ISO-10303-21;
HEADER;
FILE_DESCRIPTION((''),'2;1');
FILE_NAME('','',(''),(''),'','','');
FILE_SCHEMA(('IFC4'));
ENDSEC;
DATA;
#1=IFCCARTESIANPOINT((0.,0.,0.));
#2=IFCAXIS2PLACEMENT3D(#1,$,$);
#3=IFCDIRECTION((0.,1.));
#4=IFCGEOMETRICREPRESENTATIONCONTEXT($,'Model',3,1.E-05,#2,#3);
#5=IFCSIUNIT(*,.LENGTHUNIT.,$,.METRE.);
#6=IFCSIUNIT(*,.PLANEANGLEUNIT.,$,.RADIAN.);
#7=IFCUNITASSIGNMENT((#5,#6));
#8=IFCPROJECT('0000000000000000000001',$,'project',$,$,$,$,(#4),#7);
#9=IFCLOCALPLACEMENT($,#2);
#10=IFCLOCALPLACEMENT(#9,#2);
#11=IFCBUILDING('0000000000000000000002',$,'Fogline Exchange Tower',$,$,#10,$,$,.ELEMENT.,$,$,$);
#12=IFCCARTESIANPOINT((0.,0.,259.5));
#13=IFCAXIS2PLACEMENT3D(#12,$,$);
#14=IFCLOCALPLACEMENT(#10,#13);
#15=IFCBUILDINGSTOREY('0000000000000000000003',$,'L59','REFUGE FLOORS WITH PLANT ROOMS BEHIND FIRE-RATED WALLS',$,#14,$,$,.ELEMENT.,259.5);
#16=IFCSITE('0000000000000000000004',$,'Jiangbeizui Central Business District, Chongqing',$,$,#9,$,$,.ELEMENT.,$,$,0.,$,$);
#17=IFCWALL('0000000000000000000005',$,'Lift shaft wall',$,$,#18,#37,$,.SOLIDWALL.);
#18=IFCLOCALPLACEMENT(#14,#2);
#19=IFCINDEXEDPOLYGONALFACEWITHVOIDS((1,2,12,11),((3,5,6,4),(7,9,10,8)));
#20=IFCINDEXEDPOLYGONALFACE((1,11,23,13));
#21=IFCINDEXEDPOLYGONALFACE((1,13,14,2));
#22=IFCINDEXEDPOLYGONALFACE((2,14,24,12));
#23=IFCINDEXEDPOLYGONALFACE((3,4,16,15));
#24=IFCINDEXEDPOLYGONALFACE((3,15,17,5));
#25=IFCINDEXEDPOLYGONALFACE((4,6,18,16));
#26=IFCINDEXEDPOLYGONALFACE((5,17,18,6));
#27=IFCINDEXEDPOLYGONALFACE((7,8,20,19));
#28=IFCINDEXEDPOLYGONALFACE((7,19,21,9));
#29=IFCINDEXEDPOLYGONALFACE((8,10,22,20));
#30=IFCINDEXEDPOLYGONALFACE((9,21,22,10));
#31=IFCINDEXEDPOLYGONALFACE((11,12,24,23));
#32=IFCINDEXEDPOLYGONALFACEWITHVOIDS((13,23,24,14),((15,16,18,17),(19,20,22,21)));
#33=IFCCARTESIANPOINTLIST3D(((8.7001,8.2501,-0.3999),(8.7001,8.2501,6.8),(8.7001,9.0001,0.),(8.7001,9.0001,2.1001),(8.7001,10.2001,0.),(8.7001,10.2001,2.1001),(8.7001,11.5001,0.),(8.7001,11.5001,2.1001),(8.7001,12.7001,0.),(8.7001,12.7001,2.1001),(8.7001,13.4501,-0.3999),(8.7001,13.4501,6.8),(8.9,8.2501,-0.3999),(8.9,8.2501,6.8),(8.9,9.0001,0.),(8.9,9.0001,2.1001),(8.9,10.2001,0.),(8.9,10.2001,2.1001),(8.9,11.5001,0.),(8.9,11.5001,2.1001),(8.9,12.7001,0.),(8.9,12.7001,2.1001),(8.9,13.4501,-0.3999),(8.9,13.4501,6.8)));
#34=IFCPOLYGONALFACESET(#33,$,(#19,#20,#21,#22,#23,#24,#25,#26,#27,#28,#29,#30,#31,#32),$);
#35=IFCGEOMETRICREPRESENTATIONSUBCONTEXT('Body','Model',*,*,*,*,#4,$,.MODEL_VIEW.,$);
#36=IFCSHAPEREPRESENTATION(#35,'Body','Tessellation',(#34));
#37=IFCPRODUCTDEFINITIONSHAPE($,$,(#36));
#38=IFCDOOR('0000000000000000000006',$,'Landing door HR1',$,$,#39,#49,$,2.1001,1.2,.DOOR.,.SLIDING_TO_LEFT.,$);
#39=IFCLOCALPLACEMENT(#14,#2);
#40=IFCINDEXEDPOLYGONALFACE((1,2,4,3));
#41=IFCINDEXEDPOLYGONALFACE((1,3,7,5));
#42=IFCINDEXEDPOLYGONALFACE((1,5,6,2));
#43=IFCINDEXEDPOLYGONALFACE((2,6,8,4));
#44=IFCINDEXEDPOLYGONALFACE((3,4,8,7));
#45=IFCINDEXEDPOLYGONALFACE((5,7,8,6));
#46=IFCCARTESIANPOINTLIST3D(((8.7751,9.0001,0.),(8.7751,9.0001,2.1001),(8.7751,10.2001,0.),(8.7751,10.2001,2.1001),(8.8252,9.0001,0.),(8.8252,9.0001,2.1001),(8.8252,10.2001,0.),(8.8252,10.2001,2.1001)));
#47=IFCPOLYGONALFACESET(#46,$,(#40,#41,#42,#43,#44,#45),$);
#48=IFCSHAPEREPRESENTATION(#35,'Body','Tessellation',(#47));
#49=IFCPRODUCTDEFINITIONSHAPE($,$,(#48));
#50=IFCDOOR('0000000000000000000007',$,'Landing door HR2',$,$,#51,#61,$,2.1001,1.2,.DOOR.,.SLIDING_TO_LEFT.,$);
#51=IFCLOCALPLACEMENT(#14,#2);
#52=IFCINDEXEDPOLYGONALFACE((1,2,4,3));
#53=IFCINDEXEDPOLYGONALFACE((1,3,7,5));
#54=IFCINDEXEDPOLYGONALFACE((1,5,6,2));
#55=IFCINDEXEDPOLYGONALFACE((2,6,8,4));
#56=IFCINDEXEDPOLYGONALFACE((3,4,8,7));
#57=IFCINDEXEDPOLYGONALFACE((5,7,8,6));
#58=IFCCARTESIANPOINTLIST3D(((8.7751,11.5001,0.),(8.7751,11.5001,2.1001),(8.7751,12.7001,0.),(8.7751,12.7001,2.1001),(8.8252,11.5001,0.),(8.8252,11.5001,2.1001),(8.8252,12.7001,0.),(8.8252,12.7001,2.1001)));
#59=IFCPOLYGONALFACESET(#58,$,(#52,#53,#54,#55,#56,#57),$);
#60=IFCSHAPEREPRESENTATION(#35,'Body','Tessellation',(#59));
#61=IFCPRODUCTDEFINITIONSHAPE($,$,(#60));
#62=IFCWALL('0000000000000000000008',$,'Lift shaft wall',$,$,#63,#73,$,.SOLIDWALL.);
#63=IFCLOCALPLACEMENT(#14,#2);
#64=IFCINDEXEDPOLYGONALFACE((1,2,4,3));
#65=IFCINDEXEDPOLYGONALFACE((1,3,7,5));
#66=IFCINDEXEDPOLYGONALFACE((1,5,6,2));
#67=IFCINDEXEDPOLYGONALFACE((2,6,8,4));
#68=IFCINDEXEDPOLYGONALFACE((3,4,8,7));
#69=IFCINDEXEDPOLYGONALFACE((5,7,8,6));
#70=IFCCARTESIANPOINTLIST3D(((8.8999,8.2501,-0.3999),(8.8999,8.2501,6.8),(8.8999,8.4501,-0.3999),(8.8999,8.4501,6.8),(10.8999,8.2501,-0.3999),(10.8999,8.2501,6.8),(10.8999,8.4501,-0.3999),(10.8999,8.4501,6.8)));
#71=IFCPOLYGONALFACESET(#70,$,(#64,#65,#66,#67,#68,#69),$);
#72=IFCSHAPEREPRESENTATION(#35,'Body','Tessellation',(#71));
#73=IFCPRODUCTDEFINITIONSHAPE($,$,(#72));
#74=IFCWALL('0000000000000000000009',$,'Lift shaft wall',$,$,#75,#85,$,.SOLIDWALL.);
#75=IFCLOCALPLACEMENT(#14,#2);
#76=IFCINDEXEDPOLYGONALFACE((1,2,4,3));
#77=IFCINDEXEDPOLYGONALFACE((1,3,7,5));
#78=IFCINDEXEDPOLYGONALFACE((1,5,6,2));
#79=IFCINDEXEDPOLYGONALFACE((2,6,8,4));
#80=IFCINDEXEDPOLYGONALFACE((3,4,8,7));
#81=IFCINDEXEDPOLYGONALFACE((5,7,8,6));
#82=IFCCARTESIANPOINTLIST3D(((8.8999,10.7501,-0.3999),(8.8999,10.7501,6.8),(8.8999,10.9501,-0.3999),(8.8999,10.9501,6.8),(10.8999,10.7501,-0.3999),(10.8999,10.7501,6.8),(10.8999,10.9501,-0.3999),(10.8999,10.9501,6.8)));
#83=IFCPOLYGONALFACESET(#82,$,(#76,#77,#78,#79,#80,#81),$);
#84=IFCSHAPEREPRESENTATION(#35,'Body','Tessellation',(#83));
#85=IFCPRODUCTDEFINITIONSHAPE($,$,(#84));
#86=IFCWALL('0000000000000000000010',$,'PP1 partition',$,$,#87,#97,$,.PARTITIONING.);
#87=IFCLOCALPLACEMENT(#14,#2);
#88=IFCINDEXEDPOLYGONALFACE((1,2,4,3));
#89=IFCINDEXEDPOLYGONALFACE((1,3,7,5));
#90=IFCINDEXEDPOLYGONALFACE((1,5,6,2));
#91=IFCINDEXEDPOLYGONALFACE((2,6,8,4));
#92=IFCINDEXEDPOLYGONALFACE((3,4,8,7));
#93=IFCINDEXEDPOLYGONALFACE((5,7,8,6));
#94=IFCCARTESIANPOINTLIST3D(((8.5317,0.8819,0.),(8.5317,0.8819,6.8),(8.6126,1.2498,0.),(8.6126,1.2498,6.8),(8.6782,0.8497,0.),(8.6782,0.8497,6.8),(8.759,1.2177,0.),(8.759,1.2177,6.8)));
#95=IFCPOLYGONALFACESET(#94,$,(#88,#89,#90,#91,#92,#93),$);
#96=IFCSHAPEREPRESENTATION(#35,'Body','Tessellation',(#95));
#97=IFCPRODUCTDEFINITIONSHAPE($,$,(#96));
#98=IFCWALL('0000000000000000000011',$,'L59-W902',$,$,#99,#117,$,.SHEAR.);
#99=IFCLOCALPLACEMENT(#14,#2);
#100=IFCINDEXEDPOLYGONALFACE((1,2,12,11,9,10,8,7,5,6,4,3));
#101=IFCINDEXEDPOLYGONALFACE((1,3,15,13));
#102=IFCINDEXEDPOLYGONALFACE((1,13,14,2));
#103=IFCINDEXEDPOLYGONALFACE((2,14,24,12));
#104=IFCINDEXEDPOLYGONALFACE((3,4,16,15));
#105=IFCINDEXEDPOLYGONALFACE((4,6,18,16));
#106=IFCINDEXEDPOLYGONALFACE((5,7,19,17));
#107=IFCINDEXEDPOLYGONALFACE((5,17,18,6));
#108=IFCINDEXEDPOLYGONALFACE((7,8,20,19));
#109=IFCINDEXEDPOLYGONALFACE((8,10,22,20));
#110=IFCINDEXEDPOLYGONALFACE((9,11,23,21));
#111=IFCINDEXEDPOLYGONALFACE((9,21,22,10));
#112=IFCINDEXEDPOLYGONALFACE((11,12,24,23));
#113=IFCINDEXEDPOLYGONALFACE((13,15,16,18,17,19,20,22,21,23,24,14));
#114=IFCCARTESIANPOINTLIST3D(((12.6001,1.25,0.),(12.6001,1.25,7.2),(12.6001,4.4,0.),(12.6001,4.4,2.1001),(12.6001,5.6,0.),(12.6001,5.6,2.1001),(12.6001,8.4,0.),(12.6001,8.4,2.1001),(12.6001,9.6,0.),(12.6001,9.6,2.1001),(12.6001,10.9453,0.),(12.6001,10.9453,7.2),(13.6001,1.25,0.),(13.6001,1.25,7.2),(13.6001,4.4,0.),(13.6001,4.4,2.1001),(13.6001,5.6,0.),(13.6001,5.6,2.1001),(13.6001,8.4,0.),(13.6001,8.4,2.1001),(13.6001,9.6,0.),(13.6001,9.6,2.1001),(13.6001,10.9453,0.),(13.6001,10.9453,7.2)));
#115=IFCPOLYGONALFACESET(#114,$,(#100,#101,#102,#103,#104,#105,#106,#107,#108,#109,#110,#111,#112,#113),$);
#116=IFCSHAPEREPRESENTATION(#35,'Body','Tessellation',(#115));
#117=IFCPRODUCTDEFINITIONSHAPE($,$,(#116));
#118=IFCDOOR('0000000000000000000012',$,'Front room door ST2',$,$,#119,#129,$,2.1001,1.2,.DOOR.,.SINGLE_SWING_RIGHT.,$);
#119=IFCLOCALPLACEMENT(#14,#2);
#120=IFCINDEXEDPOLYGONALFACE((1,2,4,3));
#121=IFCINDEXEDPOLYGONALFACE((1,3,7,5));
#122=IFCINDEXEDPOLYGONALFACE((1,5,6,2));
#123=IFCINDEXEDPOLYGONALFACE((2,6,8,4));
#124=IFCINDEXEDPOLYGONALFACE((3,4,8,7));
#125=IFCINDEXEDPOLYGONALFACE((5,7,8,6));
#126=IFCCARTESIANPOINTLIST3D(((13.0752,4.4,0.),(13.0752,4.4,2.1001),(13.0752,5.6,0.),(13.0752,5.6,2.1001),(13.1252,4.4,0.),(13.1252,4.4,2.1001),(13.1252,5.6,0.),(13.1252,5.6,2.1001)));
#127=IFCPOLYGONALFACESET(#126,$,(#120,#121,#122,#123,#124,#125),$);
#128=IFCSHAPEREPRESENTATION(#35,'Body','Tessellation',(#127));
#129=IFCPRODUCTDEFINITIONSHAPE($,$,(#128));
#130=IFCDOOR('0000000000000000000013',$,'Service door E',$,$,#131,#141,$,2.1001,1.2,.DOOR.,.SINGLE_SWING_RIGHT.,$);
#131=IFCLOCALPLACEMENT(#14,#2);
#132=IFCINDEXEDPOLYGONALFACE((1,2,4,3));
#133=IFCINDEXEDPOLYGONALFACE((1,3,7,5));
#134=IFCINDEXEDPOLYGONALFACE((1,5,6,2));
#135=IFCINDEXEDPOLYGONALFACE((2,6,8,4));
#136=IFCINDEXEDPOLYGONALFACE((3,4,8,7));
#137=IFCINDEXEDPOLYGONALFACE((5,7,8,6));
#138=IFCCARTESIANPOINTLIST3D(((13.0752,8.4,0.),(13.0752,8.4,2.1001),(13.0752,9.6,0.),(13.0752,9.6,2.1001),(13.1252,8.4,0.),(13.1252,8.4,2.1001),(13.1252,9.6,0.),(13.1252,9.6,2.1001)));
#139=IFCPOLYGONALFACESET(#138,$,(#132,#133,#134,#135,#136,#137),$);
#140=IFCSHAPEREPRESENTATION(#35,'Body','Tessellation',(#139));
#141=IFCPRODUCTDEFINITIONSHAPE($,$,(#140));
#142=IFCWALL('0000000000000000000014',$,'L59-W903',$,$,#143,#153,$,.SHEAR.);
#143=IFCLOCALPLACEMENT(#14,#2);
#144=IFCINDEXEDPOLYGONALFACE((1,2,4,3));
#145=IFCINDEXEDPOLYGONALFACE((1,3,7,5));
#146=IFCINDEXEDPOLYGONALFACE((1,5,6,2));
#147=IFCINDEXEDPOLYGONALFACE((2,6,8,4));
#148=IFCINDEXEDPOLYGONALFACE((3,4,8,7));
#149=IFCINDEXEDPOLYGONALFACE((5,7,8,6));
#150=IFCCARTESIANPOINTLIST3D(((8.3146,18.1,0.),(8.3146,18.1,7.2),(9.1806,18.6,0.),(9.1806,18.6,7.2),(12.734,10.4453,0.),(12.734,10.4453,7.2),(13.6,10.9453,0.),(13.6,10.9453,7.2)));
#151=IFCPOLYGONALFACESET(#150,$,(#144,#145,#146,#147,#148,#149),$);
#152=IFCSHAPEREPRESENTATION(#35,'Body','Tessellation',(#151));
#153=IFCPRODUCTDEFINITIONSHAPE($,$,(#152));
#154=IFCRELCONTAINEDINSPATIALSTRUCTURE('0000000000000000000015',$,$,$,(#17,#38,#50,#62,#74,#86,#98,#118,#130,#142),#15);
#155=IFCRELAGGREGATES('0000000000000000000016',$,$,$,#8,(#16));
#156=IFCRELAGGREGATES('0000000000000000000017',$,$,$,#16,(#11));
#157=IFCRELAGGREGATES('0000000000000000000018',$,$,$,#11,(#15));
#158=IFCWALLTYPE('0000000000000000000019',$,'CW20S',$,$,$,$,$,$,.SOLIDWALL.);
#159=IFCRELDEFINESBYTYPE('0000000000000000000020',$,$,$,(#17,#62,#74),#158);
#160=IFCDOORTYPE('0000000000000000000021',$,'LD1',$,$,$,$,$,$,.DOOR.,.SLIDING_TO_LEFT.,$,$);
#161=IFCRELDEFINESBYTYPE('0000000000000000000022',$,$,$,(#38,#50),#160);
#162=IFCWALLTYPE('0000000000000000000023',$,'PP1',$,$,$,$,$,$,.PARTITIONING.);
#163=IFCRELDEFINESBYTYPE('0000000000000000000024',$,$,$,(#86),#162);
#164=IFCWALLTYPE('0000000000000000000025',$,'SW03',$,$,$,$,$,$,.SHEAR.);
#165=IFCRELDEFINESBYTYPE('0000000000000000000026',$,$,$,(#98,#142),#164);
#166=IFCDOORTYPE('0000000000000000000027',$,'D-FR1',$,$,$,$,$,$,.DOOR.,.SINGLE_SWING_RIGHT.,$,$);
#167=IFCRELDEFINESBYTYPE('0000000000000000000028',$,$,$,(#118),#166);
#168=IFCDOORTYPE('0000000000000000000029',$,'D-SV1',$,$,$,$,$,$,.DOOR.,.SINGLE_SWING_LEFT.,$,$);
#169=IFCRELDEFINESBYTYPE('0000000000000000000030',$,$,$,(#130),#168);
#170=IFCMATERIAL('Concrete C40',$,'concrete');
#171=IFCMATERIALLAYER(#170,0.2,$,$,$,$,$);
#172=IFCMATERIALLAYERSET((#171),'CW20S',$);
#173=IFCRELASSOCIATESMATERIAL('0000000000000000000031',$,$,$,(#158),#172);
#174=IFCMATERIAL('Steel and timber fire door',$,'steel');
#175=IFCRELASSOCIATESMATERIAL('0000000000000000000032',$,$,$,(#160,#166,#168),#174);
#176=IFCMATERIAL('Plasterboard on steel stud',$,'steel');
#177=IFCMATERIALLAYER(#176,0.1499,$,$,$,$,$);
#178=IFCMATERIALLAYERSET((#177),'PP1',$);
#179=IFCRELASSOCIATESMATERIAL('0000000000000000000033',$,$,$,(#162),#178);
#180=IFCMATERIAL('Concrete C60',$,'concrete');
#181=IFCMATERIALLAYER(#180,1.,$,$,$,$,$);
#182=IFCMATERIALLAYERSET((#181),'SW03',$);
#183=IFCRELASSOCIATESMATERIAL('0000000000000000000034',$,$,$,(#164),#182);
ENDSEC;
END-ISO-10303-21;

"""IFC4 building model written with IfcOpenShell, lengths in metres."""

from ifc_helpers import new_model, si_unit, direction, frame, frame_2d, origin, place, context, subcontext, project, spatial, rectangle, extrude, material, layer, layer_set, type_object, element, fill, save


model = new_model("IFC4")

# Units and contexts
model_context = context("Model", 3, precision=1e-05, world=origin(), true_north=direction((0.0, 1.0)))
body_context = subcontext(model_context, "Body", "Model", "MODEL_VIEW")
ifc_project = project(units=[si_unit("LENGTHUNIT", "METRE"), si_unit("PLANEANGLEUNIT", "RADIAN")], contexts=[model_context])

# Site, building, storey
site_placement = place(None, origin())
site = spatial("IfcSite", under=ifc_project, at=site_placement, Name="Jiangbeizui Central Business District, Chongqing", CompositionType="ELEMENT", RefElevation=0.0)
building_placement = place(site_placement, origin())
building = spatial("IfcBuilding", under=site, at=building_placement, Name="Fogline Exchange Tower", CompositionType="ELEMENT")
storey_placement = place(building_placement, frame((0.0, 0.0, 259.5)))
storey = spatial("IfcBuildingStorey", under=building, at=storey_placement, Name="L59", Description="REFUGE FLOORS WITH PLANT ROOMS BEHIND FIRE-RATED WALLS", CompositionType="ELEMENT", Elevation=259.5)

# Shared definitions
ifc_material_1 = material(Name="Steel and timber fire door", Category="steel")

# Shared definitions
ifc_material_2 = material(Name="Concrete C40", Category="concrete")

# Wall, openings, doors
ifc_layer_1 = layer(ifc_material_2, 0.2)
ifc_layer_set_1 = layer_set([ifc_layer_1], Name="CW20S")
wall_type_1 = type_object("IfcWallType", Name="CW20S", PredefinedType="SOLIDWALL", material=ifc_layer_set_1)
wall_1_placement = place(storey_placement, frame((8.8, 8.25, -0.3999), z_axis=(0.0, 0.0, 1.0), x_axis=(0.0, 1.0, 0.0)))
wall_1 = element("IfcWall", 1, at=wall_1_placement, inside=storey, type_object=wall_type_1, Name="Lift shaft wall", PredefinedType="SOLIDWALL", context=body_context, shape_type="SweptSolid", body=[
    extrude(rectangle(XDim=5.2, YDim=0.2, at=frame_2d((2.6001, 0.0))), origin(), (0.0, 0.0, 1.0), 7.2),
])
opening_1_placement = place(wall_1_placement, frame((0.75, 0.0, 0.3999)))
opening_1 = element("IfcOpeningElement", 2, at=opening_1_placement, cuts=wall_1, PredefinedType="OPENING", context=body_context, shape_type="SweptSolid", body=[
    extrude(rectangle(XDim=1.2, YDim=2.1001, at=frame_2d((0.6001, 1.05))), frame((0.0, 0.1099, 0.0), z_axis=(0.0, -1.0, 0.0), x_axis=(1.0, 0.0, 0.0)), (0.0, 0.0, 1.0), 0.22),
])
opening_2_placement = place(wall_1_placement, frame((3.25, 0.0, 0.3999)))
opening_2 = element("IfcOpeningElement", 3, at=opening_2_placement, cuts=wall_1, PredefinedType="OPENING", context=body_context, shape_type="SweptSolid", body=[
    extrude(rectangle(XDim=1.2, YDim=2.1001, at=frame_2d((0.6001, 1.05))), frame((0.0, 0.1099, 0.0), z_axis=(0.0, -1.0, 0.0), x_axis=(1.0, 0.0, 0.0)), (0.0, 0.0, 1.0), 0.22),
])
door_type_1 = type_object("IfcDoorType", Name="LD1", OperationType="SLIDING_TO_LEFT", PredefinedType="DOOR", material=ifc_material_1)
door_1_placement = place(opening_1_placement, origin())
door_1 = element("IfcDoor", 4, at=door_1_placement, inside=storey, type_object=door_type_1, Name="Landing door HR1", OperationType="SLIDING_TO_LEFT", OverallHeight=2.1001, OverallWidth=1.2, PredefinedType="DOOR", context=body_context, shape_type="SweptSolid", body=[
    extrude(rectangle(XDim=1.2, YDim=2.1001, at=frame_2d((0.6001, 1.05))), frame((0.0, 0.0249, 0.0), z_axis=(0.0, -1.0, 0.0), x_axis=(1.0, 0.0, 0.0)), (0.0, 0.0, 1.0), 0.05),
])
fill(opening_1, door_1)
door_2_placement = place(opening_2_placement, origin())
door_2 = element("IfcDoor", 5, at=door_2_placement, inside=storey, type_object=door_type_1, Name="Landing door HR2", OperationType="SLIDING_TO_LEFT", OverallHeight=2.1001, OverallWidth=1.2, PredefinedType="DOOR", context=body_context, shape_type="SweptSolid", body=[
    extrude(rectangle(XDim=1.2, YDim=2.1001, at=frame_2d((0.6001, 1.05))), frame((0.0, 0.0249, 0.0), z_axis=(0.0, -1.0, 0.0), x_axis=(1.0, 0.0, 0.0)), (0.0, 0.0, 1.0), 0.05),
])
fill(opening_2, door_2)

# Walls
for number, where, z_axis, x_axis, name in (
    (6, (8.8999, 8.3501, -0.3999), (0.0, 0.0, 1.0), (1.0, 0.0, 0.0), "Lift shaft wall"),
    (7, (8.8999, 10.8501, -0.3999), (0.0, 0.0, 1.0), (1.0, 0.0, 0.0), "Lift shaft wall"),
):
    element("IfcWall", number, at=place(storey_placement, frame(where, z_axis=z_axis, x_axis=x_axis)), inside=storey, type_object=wall_type_1, Name=name, PredefinedType="SOLIDWALL", context=body_context, shape_type="SweptSolid", body=[
        extrude(rectangle(XDim=2.0, YDim=0.2, at=frame_2d((1.0, 0.0))), origin(), (0.0, 0.0, 1.0), 7.2),
    ])
ifc_material_3 = material(Name="Plasterboard on steel stud", Category="steel")
ifc_layer_2 = layer(ifc_material_3, 0.1499)
ifc_layer_set_2 = layer_set([ifc_layer_2], Name="PP1")
wall_type_2 = type_object("IfcWallType", Name="PP1", PredefinedType="PARTITIONING", material=ifc_layer_set_2)
wall_2_placement = place(storey_placement, frame((8.6858, 1.2339, 0.0), z_axis=(0.0, 0.0, 1.0), x_axis=(-0.214528, -0.976718, 0.0)))
element("IfcWall", 8, at=wall_2_placement, inside=storey, type_object=wall_type_2, Name="PP1 partition", PredefinedType="PARTITIONING", context=body_context, shape_type="SweptSolid", body=[
    extrude(rectangle(XDim=0.3767, YDim=0.1499, at=frame_2d((0.1885, 0.0))), origin(), (0.0, 0.0, 1.0), 6.8),
])

# Wall, openings, doors
ifc_material_4 = material(Name="Concrete C60", Category="concrete")
ifc_layer_3 = layer(ifc_material_4, 1.0)
ifc_layer_set_3 = layer_set([ifc_layer_3], Name="SW03")
wall_type_3 = type_object("IfcWallType", Name="SW03", PredefinedType="SHEAR", material=ifc_layer_set_3)
wall_3_placement = place(storey_placement, frame((13.1001, 1.25, 0.0), z_axis=(0.0, 0.0, 1.0), x_axis=(0.0, 1.0, 0.0)))
wall_3 = element("IfcWall", 9, at=wall_3_placement, inside=storey, type_object=wall_type_3, Name="L59-W902", PredefinedType="SHEAR", context=body_context, shape_type="SweptSolid", body=[
    extrude(rectangle(XDim=9.6953, YDim=1.0, at=frame_2d((4.8477, 0.0))), origin(), (0.0, 0.0, 1.0), 7.2),
])
opening_3_placement = place(wall_3_placement, frame((3.1499, 0.0, 0.0)))
opening_3 = element("IfcOpeningElement", 10, at=opening_3_placement, cuts=wall_3, PredefinedType="OPENING", context=body_context, shape_type="SweptSolid", body=[
    extrude(rectangle(XDim=1.2, YDim=2.1001, at=frame_2d((0.6001, 1.05))), frame((0.0, 0.51, 0.0), z_axis=(0.0, -1.0, 0.0), x_axis=(1.0, 0.0, 0.0)), (0.0, 0.0, 1.0), 1.02),
])
opening_4_placement = place(wall_3_placement, frame((7.1499, 0.0, 0.0)))
opening_4 = element("IfcOpeningElement", 11, at=opening_4_placement, cuts=wall_3, PredefinedType="OPENING", context=body_context, shape_type="SweptSolid", body=[
    extrude(rectangle(XDim=1.2, YDim=2.1001, at=frame_2d((0.6001, 1.05))), frame((0.0, 0.51, 0.0), z_axis=(0.0, -1.0, 0.0), x_axis=(1.0, 0.0, 0.0)), (0.0, 0.0, 1.0), 1.02),
])
door_type_2 = type_object("IfcDoorType", Name="D-FR1", OperationType="SINGLE_SWING_RIGHT", PredefinedType="DOOR", material=ifc_material_1)
door_3_placement = place(opening_3_placement, origin())
door_3 = element("IfcDoor", 12, at=door_3_placement, inside=storey, type_object=door_type_2, Name="Front room door ST2", OperationType="SINGLE_SWING_RIGHT", OverallHeight=2.1001, OverallWidth=1.2, PredefinedType="DOOR", context=body_context, shape_type="SweptSolid", body=[
    extrude(rectangle(XDim=1.2, YDim=2.1001, at=frame_2d((0.6001, 1.05))), frame((0.0, 0.0249, 0.0), z_axis=(0.0, -1.0, 0.0), x_axis=(1.0, 0.0, 0.0)), (0.0, 0.0, 1.0), 0.05),
])
fill(opening_3, door_3)
door_type_3 = type_object("IfcDoorType", Name="D-SV1", OperationType="SINGLE_SWING_LEFT", PredefinedType="DOOR", material=ifc_material_1)
door_4_placement = place(opening_4_placement, origin())
door_4 = element("IfcDoor", 13, at=door_4_placement, inside=storey, type_object=door_type_3, Name="Service door E", OperationType="SINGLE_SWING_RIGHT", OverallHeight=2.1001, OverallWidth=1.2, PredefinedType="DOOR", context=body_context, shape_type="SweptSolid", body=[
    extrude(rectangle(XDim=1.2, YDim=2.1001, at=frame_2d((0.6001, 1.05))), frame((0.0, 0.0249, 0.0), z_axis=(0.0, -1.0, 0.0), x_axis=(1.0, 0.0, 0.0)), (0.0, 0.0, 1.0), 0.05),
])
fill(opening_4, door_4)

# Wall
wall_4_placement = place(storey_placement, frame((13.167, 10.6953, 0.0), z_axis=(0.0, 0.0, 1.0), x_axis=(-0.499995, 0.866028, 0.0)))
element("IfcWall", 14, at=wall_4_placement, inside=storey, type_object=wall_type_3, Name="L59-W903", PredefinedType="SHEAR", context=body_context, shape_type="SweptSolid", body=[
    extrude(rectangle(XDim=8.8389, YDim=1.0, at=frame_2d((4.4194, 0.0))), origin(), (0.0, 0.0, 1.0), 7.2),
])

save(model, "model.ifc")
